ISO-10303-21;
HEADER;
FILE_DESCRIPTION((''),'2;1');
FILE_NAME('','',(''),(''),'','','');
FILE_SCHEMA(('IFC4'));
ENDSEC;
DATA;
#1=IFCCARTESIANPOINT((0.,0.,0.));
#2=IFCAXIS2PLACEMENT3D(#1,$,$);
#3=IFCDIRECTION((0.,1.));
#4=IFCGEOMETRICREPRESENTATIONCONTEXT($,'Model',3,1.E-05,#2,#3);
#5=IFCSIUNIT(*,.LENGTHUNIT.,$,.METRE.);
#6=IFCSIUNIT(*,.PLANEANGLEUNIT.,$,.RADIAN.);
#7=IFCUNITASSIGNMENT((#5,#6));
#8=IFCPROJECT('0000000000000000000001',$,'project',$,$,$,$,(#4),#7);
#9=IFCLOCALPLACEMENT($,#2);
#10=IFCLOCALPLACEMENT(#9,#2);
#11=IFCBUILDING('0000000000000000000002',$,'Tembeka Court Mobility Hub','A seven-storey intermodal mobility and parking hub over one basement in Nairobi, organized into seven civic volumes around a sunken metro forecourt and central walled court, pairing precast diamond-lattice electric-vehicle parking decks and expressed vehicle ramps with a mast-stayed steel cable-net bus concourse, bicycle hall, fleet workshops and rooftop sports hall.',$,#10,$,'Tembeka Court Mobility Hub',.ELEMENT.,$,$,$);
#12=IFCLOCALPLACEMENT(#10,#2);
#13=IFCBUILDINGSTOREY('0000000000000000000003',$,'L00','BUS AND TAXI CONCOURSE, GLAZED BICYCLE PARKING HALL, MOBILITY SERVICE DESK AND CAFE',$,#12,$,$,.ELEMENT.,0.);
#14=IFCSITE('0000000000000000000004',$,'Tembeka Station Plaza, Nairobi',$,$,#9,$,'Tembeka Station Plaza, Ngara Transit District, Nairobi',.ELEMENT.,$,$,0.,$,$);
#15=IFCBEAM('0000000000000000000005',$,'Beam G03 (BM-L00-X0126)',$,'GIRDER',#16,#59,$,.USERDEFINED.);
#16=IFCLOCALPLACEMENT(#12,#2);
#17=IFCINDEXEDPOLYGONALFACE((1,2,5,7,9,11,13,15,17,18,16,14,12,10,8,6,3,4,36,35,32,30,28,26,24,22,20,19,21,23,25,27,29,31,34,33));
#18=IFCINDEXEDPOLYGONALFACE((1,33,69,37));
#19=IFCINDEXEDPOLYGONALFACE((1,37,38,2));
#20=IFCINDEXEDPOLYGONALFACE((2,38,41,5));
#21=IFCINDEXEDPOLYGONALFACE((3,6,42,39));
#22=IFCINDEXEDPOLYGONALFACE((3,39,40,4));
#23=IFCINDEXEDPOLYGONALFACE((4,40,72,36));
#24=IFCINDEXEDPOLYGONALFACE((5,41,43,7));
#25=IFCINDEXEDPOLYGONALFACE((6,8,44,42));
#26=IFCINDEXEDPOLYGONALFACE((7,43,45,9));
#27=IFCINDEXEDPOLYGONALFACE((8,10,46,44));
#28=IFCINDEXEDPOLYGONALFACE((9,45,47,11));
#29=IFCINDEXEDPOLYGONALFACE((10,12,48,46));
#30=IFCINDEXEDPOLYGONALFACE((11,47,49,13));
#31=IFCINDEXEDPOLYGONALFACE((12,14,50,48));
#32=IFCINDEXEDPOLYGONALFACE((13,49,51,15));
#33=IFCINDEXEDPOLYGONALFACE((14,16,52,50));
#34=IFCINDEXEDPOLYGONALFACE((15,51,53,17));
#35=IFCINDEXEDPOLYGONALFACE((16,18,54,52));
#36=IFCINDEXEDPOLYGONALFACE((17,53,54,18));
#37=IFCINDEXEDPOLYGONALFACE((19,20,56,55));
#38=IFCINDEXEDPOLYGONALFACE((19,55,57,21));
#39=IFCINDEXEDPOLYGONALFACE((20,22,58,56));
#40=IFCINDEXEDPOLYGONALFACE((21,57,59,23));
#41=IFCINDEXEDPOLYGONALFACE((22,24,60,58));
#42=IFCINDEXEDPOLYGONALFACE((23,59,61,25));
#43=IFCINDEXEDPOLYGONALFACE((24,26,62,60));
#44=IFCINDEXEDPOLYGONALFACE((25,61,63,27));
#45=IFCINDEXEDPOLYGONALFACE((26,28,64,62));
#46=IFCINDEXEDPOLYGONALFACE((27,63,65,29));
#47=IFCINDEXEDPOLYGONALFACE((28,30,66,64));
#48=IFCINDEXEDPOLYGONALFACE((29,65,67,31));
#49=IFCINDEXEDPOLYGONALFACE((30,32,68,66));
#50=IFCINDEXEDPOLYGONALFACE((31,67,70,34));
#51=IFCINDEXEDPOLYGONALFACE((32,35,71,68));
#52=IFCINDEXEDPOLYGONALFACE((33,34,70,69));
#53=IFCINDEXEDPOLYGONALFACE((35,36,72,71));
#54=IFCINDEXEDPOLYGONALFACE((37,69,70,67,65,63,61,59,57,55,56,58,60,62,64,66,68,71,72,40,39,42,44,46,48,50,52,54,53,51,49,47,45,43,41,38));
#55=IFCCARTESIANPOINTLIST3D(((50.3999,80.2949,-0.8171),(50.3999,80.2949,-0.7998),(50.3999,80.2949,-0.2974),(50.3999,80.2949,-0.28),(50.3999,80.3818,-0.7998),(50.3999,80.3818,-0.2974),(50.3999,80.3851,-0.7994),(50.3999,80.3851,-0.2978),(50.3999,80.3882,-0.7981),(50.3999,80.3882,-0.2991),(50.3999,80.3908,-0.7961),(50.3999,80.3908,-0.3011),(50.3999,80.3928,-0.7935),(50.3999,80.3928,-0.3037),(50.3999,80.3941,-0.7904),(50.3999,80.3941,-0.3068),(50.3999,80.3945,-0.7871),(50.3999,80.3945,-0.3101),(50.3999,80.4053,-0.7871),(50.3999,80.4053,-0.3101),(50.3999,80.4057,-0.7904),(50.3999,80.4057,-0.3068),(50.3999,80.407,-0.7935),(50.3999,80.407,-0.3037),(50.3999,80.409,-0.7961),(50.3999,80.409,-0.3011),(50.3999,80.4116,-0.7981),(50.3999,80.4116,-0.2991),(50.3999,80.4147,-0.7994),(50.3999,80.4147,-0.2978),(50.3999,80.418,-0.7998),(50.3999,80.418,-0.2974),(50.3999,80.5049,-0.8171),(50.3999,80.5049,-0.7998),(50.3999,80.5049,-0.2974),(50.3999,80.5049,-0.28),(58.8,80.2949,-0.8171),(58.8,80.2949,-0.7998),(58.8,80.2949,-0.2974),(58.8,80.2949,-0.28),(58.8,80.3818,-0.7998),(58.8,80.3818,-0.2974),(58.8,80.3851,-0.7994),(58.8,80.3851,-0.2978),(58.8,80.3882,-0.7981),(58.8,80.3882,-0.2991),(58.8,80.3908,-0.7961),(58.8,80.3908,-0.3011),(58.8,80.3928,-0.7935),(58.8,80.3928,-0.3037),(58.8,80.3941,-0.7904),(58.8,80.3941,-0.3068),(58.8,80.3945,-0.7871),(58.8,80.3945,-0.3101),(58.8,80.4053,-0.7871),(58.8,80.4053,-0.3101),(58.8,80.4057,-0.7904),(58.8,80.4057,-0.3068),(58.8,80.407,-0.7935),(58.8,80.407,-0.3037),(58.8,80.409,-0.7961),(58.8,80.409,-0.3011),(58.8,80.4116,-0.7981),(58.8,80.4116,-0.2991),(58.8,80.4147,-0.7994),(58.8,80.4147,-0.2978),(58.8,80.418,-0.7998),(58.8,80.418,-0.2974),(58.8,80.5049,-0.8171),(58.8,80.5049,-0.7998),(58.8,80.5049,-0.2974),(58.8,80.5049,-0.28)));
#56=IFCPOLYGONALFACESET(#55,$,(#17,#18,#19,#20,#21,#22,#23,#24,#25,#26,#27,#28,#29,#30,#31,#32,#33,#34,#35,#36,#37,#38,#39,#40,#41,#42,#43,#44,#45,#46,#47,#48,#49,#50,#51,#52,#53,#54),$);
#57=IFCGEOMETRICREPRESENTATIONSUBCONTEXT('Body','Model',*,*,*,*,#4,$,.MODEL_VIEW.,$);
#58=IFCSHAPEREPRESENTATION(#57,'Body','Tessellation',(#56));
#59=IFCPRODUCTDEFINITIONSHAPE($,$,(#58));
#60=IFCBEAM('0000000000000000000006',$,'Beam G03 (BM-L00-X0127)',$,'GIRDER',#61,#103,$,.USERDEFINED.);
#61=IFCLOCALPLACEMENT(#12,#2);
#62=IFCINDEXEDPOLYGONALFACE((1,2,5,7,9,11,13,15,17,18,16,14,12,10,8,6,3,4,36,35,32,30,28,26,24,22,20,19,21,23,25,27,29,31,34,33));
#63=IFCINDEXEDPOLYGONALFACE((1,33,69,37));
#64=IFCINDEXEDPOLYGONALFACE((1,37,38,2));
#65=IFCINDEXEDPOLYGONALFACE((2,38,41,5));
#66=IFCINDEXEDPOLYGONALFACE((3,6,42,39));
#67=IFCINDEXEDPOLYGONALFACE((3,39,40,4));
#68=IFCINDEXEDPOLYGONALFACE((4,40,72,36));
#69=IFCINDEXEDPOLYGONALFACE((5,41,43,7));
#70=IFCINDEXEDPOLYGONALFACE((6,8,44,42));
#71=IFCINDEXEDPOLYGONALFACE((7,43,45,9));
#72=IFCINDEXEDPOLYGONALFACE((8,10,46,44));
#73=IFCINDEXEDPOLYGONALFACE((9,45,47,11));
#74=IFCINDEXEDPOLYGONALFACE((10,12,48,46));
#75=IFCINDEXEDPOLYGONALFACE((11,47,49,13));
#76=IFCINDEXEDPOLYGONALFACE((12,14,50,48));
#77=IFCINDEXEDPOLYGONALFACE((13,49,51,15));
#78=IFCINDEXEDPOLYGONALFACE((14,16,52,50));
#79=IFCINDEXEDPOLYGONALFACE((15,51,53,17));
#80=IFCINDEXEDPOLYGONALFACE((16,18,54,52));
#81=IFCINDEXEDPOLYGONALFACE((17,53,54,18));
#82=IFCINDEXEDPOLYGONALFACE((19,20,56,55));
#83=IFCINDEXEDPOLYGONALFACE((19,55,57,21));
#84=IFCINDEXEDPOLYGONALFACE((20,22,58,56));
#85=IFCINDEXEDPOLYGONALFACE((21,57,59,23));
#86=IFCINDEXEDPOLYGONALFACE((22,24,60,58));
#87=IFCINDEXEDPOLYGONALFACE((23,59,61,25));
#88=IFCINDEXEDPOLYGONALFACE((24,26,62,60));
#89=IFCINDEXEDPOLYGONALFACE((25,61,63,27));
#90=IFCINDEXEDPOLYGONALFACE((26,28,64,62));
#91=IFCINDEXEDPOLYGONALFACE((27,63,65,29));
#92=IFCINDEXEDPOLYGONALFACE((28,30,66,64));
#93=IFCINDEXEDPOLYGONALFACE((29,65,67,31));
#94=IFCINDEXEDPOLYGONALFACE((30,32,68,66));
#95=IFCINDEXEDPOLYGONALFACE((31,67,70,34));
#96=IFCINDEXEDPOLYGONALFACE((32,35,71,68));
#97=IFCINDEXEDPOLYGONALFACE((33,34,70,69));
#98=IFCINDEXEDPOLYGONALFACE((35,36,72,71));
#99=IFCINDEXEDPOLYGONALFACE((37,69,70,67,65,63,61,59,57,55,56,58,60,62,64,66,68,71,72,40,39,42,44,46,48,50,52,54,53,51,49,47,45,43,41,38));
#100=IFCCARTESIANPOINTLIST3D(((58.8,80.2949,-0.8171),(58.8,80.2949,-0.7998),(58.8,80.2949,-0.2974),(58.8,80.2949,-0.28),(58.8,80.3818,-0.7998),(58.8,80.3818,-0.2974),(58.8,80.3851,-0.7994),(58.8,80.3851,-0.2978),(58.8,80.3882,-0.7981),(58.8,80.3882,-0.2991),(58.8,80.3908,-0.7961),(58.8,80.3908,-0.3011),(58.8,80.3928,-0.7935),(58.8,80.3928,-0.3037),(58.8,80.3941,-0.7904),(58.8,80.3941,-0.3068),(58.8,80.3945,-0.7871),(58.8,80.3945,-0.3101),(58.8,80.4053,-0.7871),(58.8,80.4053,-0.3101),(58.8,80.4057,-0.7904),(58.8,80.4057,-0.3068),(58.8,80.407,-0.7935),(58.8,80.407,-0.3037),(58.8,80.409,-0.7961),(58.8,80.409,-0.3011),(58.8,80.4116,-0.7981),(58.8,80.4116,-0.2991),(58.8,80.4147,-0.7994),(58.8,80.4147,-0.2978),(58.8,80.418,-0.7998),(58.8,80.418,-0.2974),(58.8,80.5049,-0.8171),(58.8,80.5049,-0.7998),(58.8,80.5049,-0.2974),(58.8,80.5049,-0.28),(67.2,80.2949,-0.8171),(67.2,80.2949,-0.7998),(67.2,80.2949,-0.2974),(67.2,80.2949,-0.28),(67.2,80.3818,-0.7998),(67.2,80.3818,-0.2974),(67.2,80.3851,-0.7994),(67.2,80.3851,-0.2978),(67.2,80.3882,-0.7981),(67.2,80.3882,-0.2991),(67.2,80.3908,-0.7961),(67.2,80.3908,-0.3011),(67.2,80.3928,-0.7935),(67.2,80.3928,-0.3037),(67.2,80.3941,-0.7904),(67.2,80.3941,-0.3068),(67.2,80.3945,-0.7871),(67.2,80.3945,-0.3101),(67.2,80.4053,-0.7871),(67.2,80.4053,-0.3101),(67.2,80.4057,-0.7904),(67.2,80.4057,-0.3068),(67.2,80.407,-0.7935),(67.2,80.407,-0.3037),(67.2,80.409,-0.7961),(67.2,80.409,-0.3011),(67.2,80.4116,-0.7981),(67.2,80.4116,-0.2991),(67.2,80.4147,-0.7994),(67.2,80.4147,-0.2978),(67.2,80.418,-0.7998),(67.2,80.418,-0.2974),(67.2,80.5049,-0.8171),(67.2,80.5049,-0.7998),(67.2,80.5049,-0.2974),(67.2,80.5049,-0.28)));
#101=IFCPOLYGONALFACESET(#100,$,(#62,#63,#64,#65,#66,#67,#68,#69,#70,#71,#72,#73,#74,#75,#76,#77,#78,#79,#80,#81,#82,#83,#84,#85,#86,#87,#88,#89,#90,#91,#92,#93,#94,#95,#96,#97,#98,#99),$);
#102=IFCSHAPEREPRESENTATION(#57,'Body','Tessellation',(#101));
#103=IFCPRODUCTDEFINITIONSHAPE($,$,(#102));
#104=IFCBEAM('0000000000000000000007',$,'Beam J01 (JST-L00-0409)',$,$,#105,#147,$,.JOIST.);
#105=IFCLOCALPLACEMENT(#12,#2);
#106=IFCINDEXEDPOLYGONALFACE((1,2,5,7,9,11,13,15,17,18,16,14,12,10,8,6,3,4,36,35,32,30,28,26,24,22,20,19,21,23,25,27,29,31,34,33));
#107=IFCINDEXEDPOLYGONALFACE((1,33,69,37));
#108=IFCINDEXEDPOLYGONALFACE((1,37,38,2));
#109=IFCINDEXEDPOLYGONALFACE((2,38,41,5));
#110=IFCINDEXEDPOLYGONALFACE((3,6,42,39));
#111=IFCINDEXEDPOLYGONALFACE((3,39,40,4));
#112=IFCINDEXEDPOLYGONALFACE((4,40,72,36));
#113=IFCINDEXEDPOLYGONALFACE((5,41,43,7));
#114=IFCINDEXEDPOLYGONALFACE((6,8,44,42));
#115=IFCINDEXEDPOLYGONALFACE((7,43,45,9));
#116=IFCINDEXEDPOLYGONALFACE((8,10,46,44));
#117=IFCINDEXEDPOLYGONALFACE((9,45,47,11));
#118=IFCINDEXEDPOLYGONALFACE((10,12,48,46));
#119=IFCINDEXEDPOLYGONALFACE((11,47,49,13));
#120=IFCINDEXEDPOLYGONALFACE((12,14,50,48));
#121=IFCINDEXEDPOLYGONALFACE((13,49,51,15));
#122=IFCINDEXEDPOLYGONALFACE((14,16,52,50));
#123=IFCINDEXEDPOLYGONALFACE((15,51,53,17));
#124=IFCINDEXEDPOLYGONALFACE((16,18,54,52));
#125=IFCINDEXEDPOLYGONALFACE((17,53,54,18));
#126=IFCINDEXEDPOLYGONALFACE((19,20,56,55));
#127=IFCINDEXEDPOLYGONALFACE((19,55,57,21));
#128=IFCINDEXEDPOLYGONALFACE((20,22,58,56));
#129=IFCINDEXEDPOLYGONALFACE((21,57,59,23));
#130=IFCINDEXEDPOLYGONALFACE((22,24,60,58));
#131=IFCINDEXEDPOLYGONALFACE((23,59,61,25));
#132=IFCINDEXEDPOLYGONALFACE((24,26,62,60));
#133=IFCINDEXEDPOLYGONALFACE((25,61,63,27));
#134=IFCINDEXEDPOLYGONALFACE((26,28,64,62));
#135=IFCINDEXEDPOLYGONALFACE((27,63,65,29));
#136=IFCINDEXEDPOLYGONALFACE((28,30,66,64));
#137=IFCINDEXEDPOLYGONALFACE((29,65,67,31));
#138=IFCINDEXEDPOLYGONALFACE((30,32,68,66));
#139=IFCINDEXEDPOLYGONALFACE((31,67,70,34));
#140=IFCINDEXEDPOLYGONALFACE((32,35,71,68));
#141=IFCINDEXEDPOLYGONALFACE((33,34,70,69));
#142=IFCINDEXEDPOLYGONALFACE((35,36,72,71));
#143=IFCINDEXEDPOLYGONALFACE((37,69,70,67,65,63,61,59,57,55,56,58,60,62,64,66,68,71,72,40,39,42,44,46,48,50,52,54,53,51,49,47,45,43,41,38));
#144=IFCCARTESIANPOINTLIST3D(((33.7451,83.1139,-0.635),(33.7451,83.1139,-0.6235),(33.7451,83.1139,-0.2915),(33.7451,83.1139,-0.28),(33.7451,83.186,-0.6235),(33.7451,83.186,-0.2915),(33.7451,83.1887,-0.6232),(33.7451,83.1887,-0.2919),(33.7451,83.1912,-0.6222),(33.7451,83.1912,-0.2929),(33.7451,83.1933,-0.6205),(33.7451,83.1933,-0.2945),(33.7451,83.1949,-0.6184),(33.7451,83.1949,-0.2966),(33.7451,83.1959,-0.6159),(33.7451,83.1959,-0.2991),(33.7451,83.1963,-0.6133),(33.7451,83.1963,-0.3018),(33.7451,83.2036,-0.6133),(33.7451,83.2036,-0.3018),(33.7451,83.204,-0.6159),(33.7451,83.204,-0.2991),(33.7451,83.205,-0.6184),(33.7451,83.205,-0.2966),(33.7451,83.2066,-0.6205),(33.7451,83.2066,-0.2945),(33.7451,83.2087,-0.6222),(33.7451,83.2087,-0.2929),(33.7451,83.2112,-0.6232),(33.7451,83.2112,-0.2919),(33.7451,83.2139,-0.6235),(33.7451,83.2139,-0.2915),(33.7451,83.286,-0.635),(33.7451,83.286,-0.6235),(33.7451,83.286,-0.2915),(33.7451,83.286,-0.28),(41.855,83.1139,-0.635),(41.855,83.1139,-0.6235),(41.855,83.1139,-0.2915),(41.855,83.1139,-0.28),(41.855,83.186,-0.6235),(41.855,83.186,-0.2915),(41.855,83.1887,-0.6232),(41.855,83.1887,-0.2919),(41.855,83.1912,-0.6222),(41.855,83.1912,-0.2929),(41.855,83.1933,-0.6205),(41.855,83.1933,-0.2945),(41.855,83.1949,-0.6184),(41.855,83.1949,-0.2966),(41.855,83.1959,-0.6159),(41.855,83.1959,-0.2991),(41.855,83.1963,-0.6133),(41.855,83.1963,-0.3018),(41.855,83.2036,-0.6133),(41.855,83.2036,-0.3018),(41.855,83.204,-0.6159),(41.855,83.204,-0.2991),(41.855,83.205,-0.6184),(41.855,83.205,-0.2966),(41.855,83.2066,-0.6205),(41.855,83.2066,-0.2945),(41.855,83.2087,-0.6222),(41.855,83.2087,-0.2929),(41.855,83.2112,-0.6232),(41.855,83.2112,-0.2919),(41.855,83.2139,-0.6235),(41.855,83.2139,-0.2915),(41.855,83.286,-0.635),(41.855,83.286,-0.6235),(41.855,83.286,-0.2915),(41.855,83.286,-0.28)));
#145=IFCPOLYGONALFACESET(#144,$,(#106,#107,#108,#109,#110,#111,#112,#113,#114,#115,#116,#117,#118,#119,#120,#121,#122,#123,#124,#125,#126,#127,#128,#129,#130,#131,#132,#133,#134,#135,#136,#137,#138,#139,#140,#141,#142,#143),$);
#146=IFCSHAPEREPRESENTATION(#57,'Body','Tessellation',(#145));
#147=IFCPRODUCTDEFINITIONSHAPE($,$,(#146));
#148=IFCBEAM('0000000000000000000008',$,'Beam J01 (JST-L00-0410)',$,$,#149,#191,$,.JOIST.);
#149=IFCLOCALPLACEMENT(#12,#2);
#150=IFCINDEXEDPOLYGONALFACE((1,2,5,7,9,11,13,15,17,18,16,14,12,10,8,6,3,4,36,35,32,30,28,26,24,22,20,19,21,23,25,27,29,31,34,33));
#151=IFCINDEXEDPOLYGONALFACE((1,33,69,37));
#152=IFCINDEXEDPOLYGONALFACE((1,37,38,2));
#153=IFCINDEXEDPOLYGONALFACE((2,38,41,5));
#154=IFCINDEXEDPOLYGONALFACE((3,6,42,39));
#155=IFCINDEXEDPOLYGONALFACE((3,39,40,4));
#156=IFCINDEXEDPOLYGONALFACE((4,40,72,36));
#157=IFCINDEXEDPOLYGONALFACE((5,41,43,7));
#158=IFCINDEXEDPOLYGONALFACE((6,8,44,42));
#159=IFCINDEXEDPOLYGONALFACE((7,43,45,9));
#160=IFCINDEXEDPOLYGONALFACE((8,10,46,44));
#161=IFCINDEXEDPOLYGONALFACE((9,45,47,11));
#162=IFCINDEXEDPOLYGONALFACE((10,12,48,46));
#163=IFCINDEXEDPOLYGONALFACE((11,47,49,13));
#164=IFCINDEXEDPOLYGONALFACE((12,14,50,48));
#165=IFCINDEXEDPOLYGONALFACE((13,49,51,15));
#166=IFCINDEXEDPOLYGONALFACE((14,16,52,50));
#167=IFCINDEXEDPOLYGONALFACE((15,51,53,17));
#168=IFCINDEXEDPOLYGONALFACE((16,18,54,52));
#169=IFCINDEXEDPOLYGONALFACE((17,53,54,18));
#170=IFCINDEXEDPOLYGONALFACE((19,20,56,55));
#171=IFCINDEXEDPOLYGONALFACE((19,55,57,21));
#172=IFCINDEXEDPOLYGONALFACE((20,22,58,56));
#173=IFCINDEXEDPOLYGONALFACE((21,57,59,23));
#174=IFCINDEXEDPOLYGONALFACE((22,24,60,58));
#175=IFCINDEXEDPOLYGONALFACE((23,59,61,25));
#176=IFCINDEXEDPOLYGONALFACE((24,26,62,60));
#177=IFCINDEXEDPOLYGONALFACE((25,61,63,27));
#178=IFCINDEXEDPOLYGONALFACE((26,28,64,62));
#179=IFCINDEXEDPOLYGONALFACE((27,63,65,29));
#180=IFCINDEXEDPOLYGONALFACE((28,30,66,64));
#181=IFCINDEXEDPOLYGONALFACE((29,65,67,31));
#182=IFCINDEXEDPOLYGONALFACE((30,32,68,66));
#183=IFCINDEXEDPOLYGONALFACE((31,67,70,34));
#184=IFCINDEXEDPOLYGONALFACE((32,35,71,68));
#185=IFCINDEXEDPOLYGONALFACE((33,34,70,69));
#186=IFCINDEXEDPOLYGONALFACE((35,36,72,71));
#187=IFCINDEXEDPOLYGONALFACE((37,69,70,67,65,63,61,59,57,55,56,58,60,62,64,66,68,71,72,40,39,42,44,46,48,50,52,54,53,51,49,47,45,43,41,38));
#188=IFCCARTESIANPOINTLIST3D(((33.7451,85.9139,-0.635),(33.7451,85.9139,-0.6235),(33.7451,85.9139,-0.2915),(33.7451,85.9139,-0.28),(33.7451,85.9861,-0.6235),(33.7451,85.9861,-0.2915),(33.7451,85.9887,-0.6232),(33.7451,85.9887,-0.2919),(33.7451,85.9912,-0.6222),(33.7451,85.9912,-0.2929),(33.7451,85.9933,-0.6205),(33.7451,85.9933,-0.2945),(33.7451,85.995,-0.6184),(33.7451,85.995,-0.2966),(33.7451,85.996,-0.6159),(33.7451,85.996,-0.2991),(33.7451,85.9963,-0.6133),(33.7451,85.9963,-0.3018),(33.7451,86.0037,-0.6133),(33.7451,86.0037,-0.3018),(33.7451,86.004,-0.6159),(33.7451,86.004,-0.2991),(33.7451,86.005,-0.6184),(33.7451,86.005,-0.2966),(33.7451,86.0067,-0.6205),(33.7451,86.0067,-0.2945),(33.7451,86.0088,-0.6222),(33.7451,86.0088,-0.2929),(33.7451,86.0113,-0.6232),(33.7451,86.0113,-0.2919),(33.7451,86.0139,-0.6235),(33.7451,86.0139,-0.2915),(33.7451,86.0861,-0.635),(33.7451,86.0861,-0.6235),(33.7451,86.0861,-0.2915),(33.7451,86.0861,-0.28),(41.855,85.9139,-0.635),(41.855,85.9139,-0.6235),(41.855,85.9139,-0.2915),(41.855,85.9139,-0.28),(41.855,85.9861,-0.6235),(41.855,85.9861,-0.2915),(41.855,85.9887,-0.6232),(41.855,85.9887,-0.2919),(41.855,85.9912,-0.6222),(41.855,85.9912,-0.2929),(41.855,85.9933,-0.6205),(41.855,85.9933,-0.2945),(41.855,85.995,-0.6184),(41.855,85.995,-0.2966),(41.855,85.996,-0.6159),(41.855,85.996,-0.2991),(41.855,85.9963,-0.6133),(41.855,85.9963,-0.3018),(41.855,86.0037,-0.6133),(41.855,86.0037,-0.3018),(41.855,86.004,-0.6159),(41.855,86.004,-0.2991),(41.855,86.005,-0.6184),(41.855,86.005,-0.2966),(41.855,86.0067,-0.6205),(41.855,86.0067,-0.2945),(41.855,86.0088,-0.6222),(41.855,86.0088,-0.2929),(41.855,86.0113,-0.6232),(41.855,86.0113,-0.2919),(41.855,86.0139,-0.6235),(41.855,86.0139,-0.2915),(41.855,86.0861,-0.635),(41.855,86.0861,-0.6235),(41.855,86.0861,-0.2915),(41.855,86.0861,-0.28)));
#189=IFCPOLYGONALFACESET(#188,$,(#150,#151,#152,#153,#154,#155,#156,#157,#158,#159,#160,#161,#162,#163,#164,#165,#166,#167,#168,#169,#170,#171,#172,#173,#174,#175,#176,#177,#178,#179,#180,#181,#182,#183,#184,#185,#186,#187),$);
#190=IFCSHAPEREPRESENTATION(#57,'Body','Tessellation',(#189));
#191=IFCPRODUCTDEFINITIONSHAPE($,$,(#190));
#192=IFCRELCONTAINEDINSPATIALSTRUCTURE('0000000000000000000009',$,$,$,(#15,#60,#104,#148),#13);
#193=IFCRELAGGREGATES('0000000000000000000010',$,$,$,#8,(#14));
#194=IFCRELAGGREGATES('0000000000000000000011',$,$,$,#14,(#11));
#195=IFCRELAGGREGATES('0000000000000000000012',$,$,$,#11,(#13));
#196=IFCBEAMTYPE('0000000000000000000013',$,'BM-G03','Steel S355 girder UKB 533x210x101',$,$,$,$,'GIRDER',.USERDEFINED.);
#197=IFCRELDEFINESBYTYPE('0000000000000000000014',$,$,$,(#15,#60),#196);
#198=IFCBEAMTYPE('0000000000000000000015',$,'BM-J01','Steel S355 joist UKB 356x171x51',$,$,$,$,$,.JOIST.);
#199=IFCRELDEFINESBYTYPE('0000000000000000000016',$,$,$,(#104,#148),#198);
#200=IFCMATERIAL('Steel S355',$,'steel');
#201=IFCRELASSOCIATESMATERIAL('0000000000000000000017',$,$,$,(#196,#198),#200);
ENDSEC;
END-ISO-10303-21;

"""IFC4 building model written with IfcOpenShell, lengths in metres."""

from ifc_helpers import new_model, si_unit, direction, frame, origin, origin_2d, place, context, subcontext, project, spatial, i_section, extrude, material, material_profile, profile_set, type_object, element, save


model = new_model("IFC4")

# Units and contexts
model_context = context("Model", 3, precision=1e-05, world=origin(), true_north=direction((0.0, 1.0)))
body_context = subcontext(model_context, "Body", "Model", "MODEL_VIEW")
ifc_project = project(units=[si_unit("LENGTHUNIT", "METRE"), si_unit("PLANEANGLEUNIT", "RADIAN")], contexts=[model_context])

# Site, building, storey
site_placement = place(None, origin())
site = spatial("IfcSite", under=ifc_project, at=site_placement, Name="Tembeka Station Plaza, Nairobi", LongName="Tembeka Station Plaza, Ngara Transit District, Nairobi", CompositionType="ELEMENT", RefElevation=0.0)
building_placement = place(site_placement, origin())
building = spatial("IfcBuilding", under=site, at=building_placement, Name="Tembeka Court Mobility Hub", Description="A seven-storey intermodal mobility and parking hub over one basement in Nairobi, organized into seven civic volumes around a sunken metro forecourt and central walled court, pairing precast diamond-lattice electric-vehicle parking decks and expressed vehicle ramps with a mast-stayed steel cable-net bus concourse, bicycle hall, fleet workshops and rooftop sports hall.", LongName="Tembeka Court Mobility Hub", CompositionType="ELEMENT")
storey_placement = place(building_placement, origin())
storey = spatial("IfcBuildingStorey", under=building, at=storey_placement, Name="L00", Description="BUS AND TAXI CONCOURSE, GLAZED BICYCLE PARKING HALL, MOBILITY SERVICE DESK AND CAFE", CompositionType="ELEMENT", Elevation=0.0)

# Shared definitions
ifc_material_1 = material(Name="Steel S355", Category="steel")

# Beams
ifc_material_profile_1 = material_profile(ifc_material_1, i_section(OverallWidth=0.21, OverallDepth=0.5371, WebThickness=0.0107, FlangeThickness=0.0173, FilletRadius=0.0127, at=origin_2d()), Name="UKB 533x210x101")
ifc_profile_set_1 = profile_set([ifc_material_profile_1], Name="Steel S355")
beam_type_1 = type_object("IfcBeamType", Name="BM-G03", Description="Steel S355 girder UKB 533x210x101", ElementType="GIRDER", PredefinedType="USERDEFINED", material=ifc_profile_set_1)
beam_1_placement = place(storey_placement, frame((50.3999, 80.3999, -0.5486), z_axis=(1.0, 0.0, 0.0), x_axis=(0.0, 1.0, 0.0)))
element("IfcBeam", 1, at=beam_1_placement, inside=storey, type_object=beam_type_1, Name="Beam G03 (BM-L00-X0126)", ObjectType="GIRDER", PredefinedType="USERDEFINED", context=body_context, shape_type="SweptSolid", body=[
    extrude(i_section(OverallWidth=0.21, OverallDepth=0.5371, WebThickness=0.0107, FlangeThickness=0.0173, FilletRadius=0.0127, at=origin_2d()), origin(), (0.0, 0.0, 1.0), 8.4001),
])
beam_2_placement = place(storey_placement, frame((58.8, 80.3999, -0.5486), z_axis=(1.0, 0.0, 0.0), x_axis=(0.0, 1.0, 0.0)))
element("IfcBeam", 2, at=beam_2_placement, inside=storey, type_object=beam_type_1, Name="Beam G03 (BM-L00-X0127)", ObjectType="GIRDER", PredefinedType="USERDEFINED", context=body_context, shape_type="SweptSolid", body=[
    extrude(i_section(OverallWidth=0.21, OverallDepth=0.5371, WebThickness=0.0107, FlangeThickness=0.0173, FilletRadius=0.0127, at=origin_2d()), origin(), (0.0, 0.0, 1.0), 8.3999),
])
ifc_material_profile_2 = material_profile(ifc_material_1, i_section(OverallWidth=0.1721, OverallDepth=0.355, WebThickness=0.0073, FlangeThickness=0.0115, FilletRadius=0.0103, at=origin_2d()), Name="UKB 356x171x51")
ifc_profile_set_2 = profile_set([ifc_material_profile_2], Name="Steel S355")
beam_type_2 = type_object("IfcBeamType", Name="BM-J01", Description="Steel S355 joist UKB 356x171x51", PredefinedType="JOIST", material=ifc_profile_set_2)
for number, where, z_axis, x_axis, name in (
    (3, (33.7451, 83.2, -0.4575), (1.0, 0.0, 0.0), (0.0, 1.0, 0.0), "Beam J01 (JST-L00-0409)"),
    (4, (33.7451, 86.0, -0.4575), (1.0, 0.0, 0.0), (0.0, 1.0, 0.0), "Beam J01 (JST-L00-0410)"),
):
    element("IfcBeam", number, at=place(storey_placement, frame(where, z_axis=z_axis, x_axis=x_axis)), inside=storey, type_object=beam_type_2, Name=name, PredefinedType="JOIST", context=body_context, shape_type="SweptSolid", body=[
        extrude(i_section(OverallWidth=0.1721, OverallDepth=0.355, WebThickness=0.0073, FlangeThickness=0.0115, FilletRadius=0.0103, at=origin_2d()), origin(), (0.0, 0.0, 1.0), 8.1099),
    ])

save(model, "model.ifc")
